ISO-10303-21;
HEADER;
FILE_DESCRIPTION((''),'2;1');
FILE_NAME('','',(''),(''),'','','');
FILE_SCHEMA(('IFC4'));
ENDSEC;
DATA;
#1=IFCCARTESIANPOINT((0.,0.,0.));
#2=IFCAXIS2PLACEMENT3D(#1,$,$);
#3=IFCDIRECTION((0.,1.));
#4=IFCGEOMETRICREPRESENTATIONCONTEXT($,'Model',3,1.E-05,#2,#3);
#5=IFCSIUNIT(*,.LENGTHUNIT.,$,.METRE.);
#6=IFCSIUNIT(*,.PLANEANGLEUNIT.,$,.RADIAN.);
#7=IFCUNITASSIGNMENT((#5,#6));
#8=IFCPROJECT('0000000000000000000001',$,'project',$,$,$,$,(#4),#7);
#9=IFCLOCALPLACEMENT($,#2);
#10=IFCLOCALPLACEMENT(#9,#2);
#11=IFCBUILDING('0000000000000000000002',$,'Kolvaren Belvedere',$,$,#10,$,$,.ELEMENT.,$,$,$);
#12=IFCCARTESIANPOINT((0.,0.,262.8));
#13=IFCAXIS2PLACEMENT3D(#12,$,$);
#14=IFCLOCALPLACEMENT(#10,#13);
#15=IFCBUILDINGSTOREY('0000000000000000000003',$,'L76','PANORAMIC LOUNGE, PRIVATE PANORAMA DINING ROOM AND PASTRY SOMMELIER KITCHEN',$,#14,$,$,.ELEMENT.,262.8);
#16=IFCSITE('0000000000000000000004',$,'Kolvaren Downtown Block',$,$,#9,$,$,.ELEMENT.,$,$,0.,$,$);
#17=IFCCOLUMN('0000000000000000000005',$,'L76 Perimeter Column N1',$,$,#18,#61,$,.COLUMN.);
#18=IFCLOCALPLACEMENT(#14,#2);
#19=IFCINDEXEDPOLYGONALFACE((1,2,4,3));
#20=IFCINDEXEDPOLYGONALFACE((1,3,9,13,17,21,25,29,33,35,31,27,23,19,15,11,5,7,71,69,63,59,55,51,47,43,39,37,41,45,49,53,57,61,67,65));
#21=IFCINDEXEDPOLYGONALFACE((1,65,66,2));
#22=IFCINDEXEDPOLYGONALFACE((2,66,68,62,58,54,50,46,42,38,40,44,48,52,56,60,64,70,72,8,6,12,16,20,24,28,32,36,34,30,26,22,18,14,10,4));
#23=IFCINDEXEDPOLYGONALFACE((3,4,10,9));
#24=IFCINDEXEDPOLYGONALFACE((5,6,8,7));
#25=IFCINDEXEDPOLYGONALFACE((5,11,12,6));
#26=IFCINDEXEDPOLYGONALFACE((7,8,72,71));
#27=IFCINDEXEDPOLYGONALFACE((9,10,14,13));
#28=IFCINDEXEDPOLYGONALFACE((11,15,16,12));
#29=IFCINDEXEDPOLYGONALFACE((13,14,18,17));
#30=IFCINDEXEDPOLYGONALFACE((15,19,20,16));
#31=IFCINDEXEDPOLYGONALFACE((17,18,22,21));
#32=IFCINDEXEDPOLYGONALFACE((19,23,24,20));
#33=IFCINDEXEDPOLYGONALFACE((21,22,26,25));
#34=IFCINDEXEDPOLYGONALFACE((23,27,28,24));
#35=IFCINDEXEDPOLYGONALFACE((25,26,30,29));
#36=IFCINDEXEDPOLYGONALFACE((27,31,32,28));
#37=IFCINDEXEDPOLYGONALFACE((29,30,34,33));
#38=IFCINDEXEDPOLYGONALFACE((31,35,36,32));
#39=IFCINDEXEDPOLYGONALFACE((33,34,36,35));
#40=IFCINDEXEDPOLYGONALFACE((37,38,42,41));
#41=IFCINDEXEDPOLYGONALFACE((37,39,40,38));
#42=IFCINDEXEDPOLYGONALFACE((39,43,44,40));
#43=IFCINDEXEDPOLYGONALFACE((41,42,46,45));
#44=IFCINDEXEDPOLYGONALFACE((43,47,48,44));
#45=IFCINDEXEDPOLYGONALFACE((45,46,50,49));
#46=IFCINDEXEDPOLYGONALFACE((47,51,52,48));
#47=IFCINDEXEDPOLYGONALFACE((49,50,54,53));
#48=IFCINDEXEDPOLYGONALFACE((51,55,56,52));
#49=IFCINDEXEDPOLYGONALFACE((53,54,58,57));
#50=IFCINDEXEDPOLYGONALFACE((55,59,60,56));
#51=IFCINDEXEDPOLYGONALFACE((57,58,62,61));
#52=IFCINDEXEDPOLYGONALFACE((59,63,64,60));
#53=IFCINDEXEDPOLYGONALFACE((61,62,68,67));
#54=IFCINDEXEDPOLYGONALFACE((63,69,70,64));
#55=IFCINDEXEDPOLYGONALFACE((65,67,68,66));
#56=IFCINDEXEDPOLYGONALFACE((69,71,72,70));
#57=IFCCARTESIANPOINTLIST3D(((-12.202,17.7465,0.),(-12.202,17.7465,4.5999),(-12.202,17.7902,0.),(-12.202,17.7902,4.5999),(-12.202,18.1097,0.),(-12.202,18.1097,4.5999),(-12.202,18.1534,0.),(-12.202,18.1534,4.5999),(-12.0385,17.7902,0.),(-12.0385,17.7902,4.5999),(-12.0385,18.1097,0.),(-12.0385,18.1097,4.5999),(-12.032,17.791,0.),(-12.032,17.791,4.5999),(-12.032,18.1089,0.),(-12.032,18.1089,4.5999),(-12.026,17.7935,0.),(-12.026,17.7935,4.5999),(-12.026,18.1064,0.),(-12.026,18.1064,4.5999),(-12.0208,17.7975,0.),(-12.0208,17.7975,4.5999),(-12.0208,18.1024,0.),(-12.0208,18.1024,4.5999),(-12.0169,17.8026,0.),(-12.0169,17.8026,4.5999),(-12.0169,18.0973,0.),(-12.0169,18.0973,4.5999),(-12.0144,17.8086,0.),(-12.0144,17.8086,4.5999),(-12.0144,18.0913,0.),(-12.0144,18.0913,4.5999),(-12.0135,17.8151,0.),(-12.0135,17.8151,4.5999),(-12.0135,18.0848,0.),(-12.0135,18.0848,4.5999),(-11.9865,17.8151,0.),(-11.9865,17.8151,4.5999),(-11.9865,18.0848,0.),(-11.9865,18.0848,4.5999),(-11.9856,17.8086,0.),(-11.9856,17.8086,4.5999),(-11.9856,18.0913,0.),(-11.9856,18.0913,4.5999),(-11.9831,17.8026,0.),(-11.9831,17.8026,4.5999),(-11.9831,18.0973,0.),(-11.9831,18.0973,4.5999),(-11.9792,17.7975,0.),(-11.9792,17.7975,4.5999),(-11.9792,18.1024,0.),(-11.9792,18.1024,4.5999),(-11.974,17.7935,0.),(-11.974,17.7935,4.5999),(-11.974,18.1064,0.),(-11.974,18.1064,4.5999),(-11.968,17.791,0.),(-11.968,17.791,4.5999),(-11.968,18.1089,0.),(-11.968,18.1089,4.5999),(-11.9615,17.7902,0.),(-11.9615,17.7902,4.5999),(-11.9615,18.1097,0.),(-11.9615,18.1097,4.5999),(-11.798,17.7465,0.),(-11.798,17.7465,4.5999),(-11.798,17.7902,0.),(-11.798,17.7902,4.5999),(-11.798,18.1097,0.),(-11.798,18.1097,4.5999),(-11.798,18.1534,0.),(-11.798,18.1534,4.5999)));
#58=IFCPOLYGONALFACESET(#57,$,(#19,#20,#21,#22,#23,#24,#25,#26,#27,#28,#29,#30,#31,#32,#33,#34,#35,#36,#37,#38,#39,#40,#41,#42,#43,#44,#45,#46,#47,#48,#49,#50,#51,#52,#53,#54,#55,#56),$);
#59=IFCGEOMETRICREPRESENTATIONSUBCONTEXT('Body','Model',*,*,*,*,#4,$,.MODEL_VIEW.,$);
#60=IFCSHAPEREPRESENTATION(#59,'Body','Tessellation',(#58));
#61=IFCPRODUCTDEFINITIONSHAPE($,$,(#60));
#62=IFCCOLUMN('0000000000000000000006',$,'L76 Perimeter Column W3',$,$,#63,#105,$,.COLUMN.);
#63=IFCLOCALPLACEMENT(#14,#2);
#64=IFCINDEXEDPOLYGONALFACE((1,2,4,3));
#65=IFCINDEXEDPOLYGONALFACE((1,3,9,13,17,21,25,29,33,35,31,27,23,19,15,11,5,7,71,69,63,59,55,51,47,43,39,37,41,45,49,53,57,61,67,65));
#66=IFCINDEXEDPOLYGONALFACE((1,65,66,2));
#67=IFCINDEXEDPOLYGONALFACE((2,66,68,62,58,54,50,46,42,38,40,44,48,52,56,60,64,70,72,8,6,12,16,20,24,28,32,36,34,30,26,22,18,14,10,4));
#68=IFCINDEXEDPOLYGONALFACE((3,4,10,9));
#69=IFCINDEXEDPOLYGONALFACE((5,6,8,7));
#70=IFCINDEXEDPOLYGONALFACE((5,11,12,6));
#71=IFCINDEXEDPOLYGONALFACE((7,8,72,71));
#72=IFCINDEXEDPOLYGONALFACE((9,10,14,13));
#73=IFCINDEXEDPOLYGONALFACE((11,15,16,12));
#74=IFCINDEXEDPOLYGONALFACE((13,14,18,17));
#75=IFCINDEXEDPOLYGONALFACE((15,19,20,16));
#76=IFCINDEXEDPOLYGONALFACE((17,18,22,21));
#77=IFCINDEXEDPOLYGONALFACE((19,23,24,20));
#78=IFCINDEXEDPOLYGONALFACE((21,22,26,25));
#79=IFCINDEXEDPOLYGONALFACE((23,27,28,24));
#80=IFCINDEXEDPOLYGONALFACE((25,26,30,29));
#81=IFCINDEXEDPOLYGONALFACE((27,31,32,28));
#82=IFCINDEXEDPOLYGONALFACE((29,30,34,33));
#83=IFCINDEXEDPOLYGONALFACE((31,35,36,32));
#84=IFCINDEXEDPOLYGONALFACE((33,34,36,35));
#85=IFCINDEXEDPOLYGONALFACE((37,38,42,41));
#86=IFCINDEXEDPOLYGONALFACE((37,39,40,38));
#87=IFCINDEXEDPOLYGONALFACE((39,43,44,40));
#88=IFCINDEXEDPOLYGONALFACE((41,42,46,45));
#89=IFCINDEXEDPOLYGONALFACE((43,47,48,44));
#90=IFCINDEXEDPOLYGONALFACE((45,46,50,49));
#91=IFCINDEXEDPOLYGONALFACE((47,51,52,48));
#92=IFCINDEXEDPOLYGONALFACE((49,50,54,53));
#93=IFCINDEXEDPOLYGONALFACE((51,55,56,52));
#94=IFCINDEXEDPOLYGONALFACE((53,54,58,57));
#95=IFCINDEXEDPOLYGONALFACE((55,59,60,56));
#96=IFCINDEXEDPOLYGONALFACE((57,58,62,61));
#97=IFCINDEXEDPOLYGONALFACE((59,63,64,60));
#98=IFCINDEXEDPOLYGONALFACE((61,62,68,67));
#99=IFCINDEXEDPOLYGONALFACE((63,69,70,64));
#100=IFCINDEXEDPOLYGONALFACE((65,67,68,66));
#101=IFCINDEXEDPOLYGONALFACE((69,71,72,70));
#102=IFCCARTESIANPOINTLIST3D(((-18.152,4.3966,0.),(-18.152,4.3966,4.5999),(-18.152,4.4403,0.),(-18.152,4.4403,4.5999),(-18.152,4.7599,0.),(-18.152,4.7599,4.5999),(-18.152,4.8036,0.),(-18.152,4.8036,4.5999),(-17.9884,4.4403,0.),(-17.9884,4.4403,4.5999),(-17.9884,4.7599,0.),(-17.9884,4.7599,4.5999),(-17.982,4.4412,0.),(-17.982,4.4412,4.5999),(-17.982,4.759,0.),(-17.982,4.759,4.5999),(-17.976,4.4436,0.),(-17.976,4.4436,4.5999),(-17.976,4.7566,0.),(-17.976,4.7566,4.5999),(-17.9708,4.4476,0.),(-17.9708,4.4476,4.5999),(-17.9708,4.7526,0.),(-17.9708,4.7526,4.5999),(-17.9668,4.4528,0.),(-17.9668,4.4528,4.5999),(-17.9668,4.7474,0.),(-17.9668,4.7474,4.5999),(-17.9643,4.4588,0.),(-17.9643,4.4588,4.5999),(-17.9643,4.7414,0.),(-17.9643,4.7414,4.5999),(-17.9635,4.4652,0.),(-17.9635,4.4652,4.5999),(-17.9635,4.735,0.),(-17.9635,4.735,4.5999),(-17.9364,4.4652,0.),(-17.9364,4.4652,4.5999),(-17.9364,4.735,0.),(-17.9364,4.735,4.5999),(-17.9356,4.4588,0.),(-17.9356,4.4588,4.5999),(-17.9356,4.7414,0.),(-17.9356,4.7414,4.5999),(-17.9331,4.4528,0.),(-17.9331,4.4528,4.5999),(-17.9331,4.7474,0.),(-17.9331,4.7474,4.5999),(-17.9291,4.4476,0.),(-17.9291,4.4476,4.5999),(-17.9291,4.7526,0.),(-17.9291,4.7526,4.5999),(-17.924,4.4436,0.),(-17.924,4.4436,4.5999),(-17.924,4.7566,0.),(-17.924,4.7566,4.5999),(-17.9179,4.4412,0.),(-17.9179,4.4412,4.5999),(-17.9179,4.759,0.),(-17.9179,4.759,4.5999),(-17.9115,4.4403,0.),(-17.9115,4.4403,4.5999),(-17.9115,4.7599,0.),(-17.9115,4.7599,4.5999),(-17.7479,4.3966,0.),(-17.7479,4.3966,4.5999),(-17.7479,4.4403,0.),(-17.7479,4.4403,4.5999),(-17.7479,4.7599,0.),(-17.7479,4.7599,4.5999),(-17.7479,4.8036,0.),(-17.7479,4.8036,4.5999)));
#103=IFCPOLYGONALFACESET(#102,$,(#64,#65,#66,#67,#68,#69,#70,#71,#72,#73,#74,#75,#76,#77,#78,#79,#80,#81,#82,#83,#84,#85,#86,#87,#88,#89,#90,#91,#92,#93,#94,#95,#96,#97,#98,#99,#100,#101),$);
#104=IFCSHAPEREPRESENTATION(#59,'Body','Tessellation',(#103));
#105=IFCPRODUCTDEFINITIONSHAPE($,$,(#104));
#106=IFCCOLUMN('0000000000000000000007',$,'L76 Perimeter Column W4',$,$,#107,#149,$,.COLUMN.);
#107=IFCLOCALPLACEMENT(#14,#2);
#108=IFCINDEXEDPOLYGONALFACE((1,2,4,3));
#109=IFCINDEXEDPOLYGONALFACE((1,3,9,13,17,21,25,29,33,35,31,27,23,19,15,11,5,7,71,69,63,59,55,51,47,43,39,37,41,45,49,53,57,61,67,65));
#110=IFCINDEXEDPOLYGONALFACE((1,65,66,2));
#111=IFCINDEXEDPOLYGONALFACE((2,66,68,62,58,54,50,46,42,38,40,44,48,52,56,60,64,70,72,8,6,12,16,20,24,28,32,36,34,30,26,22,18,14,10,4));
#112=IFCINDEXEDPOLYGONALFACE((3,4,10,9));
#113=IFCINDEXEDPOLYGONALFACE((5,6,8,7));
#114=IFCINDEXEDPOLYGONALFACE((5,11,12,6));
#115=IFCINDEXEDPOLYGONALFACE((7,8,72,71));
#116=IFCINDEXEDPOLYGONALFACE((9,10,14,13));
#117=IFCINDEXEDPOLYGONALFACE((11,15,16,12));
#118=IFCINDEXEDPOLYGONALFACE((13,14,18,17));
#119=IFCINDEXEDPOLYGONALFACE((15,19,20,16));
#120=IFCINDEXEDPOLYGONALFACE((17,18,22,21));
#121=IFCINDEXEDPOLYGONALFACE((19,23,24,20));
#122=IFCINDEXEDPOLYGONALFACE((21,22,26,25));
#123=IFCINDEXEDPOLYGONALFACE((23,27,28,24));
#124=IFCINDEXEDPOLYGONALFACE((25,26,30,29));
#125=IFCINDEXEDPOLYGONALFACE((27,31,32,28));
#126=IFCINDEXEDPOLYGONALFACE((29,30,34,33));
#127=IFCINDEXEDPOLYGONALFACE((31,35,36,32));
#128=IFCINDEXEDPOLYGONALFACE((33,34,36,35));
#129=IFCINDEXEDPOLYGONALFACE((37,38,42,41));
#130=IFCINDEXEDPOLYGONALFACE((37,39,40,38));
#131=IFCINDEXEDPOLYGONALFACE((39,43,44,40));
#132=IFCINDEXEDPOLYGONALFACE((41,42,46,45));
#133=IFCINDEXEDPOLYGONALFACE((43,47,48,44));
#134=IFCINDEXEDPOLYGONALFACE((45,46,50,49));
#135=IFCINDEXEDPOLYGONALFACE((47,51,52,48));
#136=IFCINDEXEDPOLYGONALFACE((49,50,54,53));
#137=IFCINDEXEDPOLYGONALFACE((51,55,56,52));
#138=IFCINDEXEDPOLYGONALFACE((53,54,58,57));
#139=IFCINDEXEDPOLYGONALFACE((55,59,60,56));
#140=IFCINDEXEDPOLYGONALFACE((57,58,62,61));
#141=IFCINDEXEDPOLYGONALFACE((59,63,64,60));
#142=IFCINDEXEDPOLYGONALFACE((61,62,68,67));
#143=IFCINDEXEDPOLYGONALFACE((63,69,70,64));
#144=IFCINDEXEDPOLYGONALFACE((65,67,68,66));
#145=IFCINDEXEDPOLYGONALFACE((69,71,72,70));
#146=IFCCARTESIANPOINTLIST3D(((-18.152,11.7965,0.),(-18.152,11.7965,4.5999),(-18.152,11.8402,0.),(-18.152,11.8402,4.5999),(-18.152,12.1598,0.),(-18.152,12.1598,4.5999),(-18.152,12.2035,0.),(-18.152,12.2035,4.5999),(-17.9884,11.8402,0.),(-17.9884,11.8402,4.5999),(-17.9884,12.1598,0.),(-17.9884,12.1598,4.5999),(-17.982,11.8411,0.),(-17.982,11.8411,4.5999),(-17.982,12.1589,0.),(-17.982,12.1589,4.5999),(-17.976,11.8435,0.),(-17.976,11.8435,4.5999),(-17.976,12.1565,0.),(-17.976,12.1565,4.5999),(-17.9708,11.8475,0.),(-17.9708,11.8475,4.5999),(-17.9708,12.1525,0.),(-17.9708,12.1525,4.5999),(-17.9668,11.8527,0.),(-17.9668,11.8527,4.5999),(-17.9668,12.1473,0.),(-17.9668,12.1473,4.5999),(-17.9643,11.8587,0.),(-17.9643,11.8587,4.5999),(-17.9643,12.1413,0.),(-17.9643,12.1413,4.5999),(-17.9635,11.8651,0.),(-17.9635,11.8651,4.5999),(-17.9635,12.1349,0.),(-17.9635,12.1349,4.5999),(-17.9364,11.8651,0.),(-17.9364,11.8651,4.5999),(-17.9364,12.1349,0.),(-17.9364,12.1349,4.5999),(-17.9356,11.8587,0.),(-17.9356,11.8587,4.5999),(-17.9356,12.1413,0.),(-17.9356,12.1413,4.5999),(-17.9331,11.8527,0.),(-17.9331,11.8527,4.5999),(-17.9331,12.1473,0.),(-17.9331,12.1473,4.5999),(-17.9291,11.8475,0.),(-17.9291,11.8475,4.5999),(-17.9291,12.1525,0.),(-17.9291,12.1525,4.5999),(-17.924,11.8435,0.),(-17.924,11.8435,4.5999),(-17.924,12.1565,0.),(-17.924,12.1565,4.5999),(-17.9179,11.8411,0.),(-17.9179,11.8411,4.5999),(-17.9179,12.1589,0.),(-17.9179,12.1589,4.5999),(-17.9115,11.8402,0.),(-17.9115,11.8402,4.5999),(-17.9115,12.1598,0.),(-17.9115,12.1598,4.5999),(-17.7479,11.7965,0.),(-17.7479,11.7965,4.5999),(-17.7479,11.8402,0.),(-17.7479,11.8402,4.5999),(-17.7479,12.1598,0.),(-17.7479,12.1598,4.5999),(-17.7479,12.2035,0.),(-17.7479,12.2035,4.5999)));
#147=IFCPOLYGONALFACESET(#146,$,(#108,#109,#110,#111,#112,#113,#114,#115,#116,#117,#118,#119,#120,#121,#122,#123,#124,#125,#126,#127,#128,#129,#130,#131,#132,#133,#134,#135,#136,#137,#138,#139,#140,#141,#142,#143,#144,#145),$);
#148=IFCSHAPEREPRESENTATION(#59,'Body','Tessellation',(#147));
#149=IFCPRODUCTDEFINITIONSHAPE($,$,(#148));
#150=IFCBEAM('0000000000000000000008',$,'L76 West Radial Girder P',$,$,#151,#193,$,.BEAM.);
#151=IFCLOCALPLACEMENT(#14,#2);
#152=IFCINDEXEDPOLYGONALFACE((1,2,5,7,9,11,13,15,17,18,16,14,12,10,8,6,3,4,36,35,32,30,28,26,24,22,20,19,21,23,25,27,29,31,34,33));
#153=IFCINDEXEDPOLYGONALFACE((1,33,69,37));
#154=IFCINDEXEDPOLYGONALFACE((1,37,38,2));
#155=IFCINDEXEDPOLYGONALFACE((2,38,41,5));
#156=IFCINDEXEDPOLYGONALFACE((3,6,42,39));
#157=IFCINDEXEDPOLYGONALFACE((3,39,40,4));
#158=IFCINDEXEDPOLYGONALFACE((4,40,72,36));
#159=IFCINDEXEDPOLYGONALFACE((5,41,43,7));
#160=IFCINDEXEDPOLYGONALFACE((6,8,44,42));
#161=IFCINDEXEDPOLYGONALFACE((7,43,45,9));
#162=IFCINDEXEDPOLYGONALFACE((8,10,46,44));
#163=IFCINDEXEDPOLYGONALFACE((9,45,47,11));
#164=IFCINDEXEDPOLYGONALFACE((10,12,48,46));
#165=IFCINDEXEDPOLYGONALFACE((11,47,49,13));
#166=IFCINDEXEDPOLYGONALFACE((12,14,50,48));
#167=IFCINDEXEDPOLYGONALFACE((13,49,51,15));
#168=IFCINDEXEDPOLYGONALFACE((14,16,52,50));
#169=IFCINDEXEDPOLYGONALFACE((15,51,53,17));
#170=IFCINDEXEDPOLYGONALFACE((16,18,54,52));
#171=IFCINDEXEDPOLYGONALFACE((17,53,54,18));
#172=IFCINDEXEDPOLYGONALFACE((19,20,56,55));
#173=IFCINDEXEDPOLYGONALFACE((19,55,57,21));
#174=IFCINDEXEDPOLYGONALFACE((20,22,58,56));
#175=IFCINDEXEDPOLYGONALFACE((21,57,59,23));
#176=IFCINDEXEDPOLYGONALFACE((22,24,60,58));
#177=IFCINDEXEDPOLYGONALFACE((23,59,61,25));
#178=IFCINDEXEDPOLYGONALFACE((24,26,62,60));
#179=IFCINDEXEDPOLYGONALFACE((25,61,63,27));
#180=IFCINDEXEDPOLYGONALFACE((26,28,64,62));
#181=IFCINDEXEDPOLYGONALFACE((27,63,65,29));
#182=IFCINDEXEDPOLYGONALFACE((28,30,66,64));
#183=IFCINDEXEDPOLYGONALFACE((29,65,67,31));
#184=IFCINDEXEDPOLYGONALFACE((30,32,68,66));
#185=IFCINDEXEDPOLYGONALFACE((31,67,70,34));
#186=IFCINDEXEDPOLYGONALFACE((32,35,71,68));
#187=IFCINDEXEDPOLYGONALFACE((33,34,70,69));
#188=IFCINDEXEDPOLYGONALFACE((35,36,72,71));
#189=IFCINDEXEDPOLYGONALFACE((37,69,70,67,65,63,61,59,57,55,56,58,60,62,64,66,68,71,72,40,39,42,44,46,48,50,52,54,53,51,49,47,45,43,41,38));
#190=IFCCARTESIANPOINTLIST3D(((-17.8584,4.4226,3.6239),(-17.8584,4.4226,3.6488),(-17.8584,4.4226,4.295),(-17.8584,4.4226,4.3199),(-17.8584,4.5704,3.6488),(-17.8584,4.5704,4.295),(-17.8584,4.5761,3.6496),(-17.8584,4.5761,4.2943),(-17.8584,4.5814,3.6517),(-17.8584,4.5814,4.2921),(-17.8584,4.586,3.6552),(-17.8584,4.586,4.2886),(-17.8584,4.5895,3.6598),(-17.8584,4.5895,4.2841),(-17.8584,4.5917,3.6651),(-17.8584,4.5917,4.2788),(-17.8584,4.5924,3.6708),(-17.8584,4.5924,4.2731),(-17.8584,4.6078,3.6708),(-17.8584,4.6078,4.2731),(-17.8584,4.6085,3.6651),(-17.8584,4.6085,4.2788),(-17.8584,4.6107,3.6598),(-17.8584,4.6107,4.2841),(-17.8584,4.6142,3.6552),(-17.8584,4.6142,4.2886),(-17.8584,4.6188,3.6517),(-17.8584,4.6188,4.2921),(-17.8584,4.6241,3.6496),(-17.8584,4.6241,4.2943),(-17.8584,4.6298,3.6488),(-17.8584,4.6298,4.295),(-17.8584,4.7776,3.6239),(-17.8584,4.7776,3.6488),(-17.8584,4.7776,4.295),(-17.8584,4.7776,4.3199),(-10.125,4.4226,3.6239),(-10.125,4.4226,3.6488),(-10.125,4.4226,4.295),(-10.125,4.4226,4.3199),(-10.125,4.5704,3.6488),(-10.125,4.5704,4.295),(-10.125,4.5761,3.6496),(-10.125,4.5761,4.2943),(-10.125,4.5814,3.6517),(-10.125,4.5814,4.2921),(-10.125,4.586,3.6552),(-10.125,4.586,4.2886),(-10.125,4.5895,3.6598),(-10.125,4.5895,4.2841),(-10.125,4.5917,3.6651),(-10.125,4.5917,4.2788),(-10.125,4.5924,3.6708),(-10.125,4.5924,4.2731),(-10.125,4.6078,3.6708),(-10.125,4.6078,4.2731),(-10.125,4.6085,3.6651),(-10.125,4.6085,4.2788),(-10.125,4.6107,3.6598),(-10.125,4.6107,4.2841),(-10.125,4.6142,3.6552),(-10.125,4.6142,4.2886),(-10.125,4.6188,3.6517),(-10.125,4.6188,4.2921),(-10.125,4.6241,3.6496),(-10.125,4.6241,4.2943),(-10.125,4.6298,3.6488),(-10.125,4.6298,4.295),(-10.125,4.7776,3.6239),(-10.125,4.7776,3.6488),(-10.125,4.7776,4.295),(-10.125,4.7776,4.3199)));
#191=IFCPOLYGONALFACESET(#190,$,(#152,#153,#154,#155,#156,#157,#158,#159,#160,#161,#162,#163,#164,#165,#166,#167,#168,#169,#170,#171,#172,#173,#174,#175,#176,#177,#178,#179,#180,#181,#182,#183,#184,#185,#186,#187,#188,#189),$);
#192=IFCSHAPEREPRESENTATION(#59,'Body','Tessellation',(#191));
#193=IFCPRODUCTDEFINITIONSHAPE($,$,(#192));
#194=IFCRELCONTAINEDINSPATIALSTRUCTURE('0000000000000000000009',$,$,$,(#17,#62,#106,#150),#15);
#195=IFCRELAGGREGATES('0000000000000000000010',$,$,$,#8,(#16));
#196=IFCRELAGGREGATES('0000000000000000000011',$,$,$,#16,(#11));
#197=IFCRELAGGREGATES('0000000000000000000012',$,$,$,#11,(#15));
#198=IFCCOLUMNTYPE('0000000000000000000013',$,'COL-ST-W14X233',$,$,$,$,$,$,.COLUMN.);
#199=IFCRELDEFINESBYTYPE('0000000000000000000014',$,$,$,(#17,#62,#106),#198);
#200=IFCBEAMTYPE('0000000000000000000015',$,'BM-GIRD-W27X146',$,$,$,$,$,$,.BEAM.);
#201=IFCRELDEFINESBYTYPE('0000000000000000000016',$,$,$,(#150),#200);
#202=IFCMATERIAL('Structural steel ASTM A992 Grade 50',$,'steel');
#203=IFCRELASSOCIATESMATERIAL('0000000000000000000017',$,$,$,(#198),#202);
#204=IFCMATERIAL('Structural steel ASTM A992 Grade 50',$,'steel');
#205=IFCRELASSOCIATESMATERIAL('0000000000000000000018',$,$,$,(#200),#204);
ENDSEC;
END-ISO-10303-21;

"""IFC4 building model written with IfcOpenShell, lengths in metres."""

from ifc_helpers import new_model, si_unit, direction, frame, origin, origin_2d, place, context, subcontext, project, spatial, i_section, extrude, material, material_profile, profile_set, type_object, element, save


model = new_model("IFC4")

# Units and contexts
model_context = context("Model", 3, precision=1e-05, world=origin(), true_north=direction((0.0, 1.0)))
body_context = subcontext(model_context, "Body", "Model", "MODEL_VIEW")
ifc_project = project(units=[si_unit("LENGTHUNIT", "METRE"), si_unit("PLANEANGLEUNIT", "RADIAN")], contexts=[model_context])

# Site, building, storey
site_placement = place(None, origin())
site = spatial("IfcSite", under=ifc_project, at=site_placement, Name="Kolvaren Downtown Block", CompositionType="ELEMENT", RefElevation=0.0)
building_placement = place(site_placement, origin())
building = spatial("IfcBuilding", under=site, at=building_placement, Name="Kolvaren Belvedere", CompositionType="ELEMENT")
storey_placement = place(building_placement, frame((0.0, 0.0, 262.8)))
storey = spatial("IfcBuildingStorey", under=building, at=storey_placement, Name="L76", Description="PANORAMIC LOUNGE, PRIVATE PANORAMA DINING ROOM AND PASTRY SOMMELIER KITCHEN", CompositionType="ELEMENT", Elevation=262.8)

# Columns
ifc_material_1 = material(Name="Structural steel ASTM A992 Grade 50", Category="steel")
ifc_material_profile_1 = material_profile(ifc_material_1, i_section(OverallWidth=0.4041, OverallDepth=0.407, WebThickness=0.0271, FlangeThickness=0.0437, FilletRadius=0.0249, at=origin_2d()), Name="W14X233")
ifc_profile_set_1 = profile_set([ifc_material_profile_1], Name="Structural steel ASTM A992 Grade 50")
column_type = type_object("IfcColumnType", Name="COL-ST-W14X233", PredefinedType="COLUMN", material=ifc_profile_set_1)
for number, where, z_axis, x_axis, name in (
    (1, (-12.0, 17.95, 0.0), (0.0, 0.0, 1.0), (1.0, 0.0, 0.0), "L76 Perimeter Column N1"),
    (2, (-17.95, 4.6001, 0.0), (0.0, 0.0, 1.0), (1.0, 0.0, 0.0), "L76 Perimeter Column W3"),
    (3, (-17.95, 12.0, 0.0), (0.0, 0.0, 1.0), (1.0, 0.0, 0.0), "L76 Perimeter Column W4"),
):
    element("IfcColumn", number, at=place(storey_placement, frame(where, z_axis=z_axis, x_axis=x_axis)), inside=storey, type_object=column_type, Name=name, PredefinedType="COLUMN", context=body_context, shape_type="SweptSolid", body=[
        extrude(i_section(OverallWidth=0.4041, OverallDepth=0.407, WebThickness=0.0271, FlangeThickness=0.0437, FilletRadius=0.0249, at=origin_2d()), origin(), (0.0, 0.0, 1.0), 4.5999),
    ])

# Beam
ifc_material_2 = material(Name="Structural steel ASTM A992 Grade 50", Category="steel")
ifc_material_profile_2 = material_profile(ifc_material_2, i_section(OverallWidth=0.355, OverallDepth=0.696, WebThickness=0.0154, FlangeThickness=0.0249, FilletRadius=0.022, at=origin_2d()), Name="W27X146")
ifc_profile_set_2 = profile_set([ifc_material_profile_2], Name="Structural steel ASTM A992 Grade 50")
beam_type_1 = type_object("IfcBeamType", Name="BM-GIRD-W27X146", PredefinedType="BEAM", material=ifc_profile_set_2)
beam_1_placement = place(storey_placement, frame((-10.125, 4.6001, 3.9719), z_axis=(-1.0, 0.0, 0.0), x_axis=(0.0, -1.0, 0.0)))
element("IfcBeam", 4, at=beam_1_placement, inside=storey, type_object=beam_type_1, Name="L76 West Radial Girder P", PredefinedType="BEAM", context=body_context, shape_type="SweptSolid", body=[
    extrude(i_section(OverallWidth=0.355, OverallDepth=0.696, WebThickness=0.0154, FlangeThickness=0.0249, FilletRadius=0.022, at=origin_2d()), origin(), (0.0, 0.0, 1.0), 7.7334),
])

save(model, "model.ifc")
